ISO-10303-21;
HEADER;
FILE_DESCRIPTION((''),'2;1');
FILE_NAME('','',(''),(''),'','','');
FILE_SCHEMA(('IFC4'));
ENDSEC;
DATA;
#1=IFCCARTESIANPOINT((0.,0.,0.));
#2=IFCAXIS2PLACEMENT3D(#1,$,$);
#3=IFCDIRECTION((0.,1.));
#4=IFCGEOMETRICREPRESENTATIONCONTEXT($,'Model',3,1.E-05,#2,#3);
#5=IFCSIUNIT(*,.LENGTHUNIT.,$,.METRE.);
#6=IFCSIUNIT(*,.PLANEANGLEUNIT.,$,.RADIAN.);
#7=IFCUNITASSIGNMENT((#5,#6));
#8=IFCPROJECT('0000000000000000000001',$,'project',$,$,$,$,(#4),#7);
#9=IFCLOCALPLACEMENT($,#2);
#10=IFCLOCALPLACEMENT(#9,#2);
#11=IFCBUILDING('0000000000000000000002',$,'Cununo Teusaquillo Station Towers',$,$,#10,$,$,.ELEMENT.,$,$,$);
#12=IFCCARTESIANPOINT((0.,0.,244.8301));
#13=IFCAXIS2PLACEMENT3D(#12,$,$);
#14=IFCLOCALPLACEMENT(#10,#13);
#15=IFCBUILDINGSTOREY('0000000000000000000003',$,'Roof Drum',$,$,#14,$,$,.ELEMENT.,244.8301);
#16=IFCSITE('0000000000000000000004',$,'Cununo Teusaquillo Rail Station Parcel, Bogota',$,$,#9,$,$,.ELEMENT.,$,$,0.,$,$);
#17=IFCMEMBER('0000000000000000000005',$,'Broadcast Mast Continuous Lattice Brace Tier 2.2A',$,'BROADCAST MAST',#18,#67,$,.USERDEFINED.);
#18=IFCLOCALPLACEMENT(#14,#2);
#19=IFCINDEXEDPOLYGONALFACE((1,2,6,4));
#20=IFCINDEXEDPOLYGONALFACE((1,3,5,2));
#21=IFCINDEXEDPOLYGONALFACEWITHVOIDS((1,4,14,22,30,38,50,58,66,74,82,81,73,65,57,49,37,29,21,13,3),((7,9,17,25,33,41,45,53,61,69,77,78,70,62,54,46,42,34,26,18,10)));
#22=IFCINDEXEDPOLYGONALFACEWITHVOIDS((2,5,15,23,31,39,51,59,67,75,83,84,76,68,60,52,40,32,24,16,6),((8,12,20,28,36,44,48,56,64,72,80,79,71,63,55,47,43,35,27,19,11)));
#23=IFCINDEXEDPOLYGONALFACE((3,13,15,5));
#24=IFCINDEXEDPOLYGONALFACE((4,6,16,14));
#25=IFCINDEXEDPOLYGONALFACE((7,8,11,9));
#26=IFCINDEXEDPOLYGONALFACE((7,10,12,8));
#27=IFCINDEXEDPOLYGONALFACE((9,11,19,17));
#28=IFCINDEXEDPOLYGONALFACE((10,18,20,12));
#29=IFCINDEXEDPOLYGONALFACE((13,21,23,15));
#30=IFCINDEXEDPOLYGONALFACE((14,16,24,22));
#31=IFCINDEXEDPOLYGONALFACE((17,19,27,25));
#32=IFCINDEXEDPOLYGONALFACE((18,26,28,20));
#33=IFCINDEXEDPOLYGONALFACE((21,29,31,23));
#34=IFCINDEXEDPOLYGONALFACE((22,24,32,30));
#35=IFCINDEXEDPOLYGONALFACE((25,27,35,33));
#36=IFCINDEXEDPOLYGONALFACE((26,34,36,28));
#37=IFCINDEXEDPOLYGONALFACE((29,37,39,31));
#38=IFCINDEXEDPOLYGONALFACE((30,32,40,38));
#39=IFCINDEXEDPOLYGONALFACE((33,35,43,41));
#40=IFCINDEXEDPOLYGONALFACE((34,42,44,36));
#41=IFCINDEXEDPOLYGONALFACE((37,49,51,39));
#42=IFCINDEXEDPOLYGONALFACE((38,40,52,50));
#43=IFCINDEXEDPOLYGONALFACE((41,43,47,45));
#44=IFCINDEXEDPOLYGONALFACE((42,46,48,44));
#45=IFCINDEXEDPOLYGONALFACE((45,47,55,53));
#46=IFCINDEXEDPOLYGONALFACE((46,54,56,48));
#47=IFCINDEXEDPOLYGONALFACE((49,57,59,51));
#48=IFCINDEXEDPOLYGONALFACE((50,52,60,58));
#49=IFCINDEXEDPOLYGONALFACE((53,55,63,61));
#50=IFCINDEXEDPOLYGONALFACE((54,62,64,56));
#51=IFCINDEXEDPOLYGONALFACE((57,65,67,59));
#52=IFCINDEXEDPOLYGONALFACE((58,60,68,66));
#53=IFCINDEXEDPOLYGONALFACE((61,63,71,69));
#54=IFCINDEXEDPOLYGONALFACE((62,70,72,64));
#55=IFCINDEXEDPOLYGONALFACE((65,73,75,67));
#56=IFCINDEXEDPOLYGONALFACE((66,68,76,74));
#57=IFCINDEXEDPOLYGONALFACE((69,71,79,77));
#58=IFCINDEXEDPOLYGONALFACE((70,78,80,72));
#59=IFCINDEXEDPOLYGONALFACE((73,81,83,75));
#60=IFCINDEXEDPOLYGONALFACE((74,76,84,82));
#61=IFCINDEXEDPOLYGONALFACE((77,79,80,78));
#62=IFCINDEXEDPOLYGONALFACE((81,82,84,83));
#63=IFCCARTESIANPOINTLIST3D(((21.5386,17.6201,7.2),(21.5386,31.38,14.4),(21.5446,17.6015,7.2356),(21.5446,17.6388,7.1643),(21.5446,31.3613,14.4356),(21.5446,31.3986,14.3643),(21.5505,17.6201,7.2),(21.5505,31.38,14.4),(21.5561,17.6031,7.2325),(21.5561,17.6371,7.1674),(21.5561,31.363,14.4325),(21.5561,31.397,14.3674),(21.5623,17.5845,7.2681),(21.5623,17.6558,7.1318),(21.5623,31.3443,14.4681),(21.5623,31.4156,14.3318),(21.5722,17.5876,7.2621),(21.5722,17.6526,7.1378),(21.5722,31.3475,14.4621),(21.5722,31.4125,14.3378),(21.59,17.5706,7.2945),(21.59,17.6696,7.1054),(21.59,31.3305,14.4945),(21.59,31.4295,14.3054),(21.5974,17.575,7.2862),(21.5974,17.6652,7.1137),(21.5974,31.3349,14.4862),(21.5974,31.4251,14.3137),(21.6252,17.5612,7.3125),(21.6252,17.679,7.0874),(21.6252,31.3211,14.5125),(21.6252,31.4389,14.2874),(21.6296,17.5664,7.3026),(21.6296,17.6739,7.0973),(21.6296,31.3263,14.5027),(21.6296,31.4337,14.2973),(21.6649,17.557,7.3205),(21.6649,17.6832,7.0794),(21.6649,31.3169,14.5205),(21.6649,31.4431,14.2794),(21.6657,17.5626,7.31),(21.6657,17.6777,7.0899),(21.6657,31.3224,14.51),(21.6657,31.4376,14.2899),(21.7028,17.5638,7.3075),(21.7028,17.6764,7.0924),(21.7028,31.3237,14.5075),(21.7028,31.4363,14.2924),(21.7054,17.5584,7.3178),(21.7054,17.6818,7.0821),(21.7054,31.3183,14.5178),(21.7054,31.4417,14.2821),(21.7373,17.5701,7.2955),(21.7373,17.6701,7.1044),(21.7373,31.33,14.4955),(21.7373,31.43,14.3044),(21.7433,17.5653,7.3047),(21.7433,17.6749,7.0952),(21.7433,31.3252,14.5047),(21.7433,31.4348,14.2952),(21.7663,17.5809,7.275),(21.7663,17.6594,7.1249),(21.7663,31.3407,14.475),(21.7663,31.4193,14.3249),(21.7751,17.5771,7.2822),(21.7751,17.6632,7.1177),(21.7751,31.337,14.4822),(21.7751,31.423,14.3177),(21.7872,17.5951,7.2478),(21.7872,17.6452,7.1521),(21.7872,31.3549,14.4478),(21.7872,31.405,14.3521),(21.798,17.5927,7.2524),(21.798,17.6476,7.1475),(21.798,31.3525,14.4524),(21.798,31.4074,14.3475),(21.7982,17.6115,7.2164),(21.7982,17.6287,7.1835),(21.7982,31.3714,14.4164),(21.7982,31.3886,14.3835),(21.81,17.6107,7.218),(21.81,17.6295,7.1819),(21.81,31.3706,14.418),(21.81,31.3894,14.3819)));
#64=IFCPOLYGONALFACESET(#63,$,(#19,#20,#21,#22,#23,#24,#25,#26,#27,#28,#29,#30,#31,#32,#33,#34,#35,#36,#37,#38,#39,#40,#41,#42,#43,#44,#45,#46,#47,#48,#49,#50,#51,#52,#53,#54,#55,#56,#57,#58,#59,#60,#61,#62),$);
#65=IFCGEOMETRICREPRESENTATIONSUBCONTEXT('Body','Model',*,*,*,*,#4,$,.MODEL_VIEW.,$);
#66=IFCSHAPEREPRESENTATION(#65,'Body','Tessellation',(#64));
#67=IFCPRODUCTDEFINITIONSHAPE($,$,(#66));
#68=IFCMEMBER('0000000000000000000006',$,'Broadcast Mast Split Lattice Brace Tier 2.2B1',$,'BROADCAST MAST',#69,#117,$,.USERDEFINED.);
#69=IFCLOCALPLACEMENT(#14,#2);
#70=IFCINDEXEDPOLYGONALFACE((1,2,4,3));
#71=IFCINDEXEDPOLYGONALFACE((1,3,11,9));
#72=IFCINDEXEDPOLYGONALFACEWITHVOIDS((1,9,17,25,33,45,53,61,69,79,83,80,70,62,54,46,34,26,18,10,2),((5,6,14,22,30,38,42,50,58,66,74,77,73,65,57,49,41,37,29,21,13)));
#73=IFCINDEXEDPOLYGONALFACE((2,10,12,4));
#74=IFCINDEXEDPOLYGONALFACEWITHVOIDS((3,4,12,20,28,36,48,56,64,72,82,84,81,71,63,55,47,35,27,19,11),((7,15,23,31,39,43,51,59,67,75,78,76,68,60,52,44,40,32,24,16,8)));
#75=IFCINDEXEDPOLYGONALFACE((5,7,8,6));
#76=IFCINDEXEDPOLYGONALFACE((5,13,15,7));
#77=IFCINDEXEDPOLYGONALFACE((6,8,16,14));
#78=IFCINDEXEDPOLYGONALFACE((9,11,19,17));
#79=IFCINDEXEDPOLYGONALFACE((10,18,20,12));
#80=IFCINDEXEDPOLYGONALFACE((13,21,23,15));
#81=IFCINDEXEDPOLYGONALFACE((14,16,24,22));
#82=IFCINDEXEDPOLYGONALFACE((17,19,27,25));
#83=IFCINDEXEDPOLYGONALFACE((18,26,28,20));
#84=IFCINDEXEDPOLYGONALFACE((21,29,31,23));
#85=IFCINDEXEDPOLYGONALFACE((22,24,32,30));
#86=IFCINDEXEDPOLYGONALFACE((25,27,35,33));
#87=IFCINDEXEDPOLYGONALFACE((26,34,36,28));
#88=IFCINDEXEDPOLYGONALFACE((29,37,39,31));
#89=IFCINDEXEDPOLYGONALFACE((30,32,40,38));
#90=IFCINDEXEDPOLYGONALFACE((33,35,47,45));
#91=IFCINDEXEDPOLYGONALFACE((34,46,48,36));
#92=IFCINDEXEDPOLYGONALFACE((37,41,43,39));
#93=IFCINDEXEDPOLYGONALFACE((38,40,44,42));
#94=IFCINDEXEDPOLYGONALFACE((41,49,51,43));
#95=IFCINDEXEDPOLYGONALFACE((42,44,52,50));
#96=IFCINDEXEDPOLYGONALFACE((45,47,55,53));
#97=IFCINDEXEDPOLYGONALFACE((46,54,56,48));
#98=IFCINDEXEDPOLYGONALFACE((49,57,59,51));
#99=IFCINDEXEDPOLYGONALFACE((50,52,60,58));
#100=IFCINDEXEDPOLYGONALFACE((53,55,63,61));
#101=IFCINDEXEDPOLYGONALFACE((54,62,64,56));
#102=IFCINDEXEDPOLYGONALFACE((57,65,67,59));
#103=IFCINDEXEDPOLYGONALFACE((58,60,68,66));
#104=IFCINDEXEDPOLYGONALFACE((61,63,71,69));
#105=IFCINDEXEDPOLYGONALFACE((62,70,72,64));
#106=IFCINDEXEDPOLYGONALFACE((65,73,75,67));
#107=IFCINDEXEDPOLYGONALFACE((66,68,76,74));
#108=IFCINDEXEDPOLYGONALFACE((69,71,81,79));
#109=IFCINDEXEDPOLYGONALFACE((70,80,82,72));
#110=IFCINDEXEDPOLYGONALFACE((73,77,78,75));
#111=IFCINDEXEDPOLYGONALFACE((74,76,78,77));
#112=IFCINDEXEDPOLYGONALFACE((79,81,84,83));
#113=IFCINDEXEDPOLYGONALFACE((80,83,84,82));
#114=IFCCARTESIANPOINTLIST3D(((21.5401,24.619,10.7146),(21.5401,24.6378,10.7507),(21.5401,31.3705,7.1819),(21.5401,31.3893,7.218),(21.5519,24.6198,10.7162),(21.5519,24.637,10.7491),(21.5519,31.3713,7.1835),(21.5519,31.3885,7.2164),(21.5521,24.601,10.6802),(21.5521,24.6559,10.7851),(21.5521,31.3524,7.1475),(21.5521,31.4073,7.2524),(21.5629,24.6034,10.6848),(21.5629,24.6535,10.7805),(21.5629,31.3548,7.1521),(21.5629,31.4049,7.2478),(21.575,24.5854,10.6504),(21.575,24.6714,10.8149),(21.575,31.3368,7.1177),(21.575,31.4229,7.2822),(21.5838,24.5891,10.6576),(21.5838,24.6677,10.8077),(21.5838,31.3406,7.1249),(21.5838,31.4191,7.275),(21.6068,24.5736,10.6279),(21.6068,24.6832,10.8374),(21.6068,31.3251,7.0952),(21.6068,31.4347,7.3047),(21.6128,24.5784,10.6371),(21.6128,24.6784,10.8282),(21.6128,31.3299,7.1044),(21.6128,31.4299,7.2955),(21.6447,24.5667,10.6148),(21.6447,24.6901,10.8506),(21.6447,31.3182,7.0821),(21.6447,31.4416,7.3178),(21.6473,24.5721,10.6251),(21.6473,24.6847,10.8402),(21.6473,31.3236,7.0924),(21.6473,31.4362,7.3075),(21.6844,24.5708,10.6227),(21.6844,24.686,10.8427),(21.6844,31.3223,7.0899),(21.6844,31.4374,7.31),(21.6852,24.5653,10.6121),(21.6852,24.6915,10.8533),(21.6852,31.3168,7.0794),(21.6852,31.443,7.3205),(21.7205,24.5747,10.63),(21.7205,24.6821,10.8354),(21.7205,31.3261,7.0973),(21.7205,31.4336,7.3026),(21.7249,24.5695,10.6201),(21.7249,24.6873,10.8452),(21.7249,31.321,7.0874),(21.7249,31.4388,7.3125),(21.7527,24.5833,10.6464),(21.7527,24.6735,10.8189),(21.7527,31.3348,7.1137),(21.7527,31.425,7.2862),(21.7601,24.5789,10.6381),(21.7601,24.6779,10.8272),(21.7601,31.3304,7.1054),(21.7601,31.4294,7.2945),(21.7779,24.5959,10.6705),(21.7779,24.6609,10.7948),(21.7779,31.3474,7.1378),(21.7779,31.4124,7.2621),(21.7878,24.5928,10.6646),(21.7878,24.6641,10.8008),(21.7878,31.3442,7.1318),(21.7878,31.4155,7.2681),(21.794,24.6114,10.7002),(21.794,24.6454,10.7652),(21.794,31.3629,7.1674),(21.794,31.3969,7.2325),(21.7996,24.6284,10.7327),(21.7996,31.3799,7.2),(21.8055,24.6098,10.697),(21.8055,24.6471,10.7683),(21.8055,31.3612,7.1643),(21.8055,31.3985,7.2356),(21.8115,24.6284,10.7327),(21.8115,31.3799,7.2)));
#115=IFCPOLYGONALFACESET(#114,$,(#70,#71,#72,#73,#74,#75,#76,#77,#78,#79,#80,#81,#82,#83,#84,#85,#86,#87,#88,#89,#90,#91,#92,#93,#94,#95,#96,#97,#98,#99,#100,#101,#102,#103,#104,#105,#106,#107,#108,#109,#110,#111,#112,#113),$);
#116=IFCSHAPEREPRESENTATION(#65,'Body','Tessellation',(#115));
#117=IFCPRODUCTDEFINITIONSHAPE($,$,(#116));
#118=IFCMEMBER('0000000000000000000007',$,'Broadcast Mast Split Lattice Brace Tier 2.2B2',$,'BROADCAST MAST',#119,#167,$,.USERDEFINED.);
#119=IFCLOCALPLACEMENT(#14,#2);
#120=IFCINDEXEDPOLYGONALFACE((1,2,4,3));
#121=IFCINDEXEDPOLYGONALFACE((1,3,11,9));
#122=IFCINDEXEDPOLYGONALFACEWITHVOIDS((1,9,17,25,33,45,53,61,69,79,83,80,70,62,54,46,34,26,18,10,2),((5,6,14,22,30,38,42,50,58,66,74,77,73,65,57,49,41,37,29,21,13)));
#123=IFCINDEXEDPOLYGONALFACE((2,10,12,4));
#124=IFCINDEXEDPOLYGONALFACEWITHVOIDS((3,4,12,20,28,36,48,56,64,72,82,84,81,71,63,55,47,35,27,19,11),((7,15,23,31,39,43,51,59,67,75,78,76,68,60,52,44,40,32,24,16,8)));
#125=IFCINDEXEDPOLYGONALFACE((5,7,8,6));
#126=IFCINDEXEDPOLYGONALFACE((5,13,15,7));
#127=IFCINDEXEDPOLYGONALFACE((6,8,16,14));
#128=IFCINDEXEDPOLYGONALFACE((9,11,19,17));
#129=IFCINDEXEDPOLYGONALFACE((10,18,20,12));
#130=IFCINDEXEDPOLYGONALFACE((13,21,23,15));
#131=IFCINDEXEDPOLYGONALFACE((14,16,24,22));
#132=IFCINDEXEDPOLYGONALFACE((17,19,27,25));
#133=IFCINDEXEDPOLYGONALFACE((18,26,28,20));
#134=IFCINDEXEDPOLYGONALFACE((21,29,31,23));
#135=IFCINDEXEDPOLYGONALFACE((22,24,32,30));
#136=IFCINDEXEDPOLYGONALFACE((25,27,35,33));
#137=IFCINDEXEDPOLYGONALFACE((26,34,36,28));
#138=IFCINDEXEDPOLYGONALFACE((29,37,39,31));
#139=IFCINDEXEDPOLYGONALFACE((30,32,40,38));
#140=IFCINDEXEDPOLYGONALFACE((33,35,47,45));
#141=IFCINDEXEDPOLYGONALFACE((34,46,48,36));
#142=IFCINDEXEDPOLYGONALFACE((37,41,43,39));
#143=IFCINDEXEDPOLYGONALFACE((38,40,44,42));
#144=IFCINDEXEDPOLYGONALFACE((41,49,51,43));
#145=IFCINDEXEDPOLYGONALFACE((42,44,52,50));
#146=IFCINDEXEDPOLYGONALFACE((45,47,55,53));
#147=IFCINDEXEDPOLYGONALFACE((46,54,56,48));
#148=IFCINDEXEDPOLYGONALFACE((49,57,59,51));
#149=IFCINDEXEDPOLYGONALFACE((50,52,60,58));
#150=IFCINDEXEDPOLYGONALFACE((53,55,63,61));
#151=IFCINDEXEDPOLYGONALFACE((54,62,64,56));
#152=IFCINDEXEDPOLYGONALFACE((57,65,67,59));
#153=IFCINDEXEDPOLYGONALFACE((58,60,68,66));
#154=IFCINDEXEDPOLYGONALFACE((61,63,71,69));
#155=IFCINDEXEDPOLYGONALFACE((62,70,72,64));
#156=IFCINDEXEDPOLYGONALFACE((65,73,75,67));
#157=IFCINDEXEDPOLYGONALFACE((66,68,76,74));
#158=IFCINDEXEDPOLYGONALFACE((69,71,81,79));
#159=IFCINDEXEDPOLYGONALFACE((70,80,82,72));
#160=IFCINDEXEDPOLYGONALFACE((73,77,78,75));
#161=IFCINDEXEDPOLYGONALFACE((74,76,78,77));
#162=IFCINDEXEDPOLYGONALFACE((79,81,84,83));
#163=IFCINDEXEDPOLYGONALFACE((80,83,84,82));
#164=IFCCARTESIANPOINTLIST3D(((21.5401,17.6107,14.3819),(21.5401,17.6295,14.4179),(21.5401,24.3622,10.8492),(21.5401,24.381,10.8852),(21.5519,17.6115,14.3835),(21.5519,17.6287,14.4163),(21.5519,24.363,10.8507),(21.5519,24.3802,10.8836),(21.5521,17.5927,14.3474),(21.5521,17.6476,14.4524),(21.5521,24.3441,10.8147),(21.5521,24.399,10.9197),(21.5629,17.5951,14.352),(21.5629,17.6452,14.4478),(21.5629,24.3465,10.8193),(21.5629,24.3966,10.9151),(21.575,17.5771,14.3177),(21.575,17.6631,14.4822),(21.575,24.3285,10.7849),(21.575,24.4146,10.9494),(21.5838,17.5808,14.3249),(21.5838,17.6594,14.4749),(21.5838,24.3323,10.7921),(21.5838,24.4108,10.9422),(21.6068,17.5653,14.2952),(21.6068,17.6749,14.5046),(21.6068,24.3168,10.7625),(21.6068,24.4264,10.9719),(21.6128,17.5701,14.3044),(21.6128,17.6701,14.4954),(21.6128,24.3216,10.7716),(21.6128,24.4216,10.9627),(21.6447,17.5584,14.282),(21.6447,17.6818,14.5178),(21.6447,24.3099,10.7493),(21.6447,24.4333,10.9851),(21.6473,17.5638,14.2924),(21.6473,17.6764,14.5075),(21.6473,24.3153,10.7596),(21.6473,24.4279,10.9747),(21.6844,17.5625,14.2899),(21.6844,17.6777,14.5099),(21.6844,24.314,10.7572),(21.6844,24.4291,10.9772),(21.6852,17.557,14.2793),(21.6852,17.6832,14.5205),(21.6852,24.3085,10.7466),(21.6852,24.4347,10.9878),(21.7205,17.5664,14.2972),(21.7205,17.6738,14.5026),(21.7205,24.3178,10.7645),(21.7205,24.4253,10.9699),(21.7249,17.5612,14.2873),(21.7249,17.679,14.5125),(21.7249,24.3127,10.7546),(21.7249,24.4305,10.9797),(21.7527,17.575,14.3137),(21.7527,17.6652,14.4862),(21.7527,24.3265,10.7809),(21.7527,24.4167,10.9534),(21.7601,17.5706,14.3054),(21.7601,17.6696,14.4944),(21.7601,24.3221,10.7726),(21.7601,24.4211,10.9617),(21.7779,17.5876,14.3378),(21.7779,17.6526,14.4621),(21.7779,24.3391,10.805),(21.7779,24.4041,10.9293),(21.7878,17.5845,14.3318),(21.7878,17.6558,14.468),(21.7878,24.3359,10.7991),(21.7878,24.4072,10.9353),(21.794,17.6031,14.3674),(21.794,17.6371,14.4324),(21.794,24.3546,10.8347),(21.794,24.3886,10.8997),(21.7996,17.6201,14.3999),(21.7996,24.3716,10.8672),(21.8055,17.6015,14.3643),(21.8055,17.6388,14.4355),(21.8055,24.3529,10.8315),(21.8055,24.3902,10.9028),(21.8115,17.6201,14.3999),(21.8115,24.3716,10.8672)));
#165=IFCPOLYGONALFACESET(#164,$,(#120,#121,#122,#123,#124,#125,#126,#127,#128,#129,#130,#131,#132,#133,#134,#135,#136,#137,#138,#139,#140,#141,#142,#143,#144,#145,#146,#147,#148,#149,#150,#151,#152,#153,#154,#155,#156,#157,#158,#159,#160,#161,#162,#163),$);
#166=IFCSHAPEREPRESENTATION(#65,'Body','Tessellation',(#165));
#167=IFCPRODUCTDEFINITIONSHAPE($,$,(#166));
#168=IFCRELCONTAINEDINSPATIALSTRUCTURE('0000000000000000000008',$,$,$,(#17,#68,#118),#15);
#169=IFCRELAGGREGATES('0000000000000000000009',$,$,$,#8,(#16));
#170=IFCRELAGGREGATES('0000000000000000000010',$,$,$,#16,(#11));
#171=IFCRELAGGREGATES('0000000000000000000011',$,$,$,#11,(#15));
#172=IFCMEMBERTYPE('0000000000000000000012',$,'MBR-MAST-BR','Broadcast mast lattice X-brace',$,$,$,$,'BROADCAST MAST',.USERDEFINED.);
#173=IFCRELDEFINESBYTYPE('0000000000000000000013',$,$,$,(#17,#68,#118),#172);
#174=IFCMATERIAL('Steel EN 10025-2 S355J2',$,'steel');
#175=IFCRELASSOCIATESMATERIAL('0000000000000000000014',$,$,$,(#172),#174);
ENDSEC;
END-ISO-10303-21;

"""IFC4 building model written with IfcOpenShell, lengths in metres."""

from ifc_helpers import new_model, si_unit, direction, frame, origin, origin_2d, place, context, subcontext, project, spatial, hollow_circle, extrude, material, material_profile, profile_set, type_object, element, save


model = new_model("IFC4")

# Units and contexts
model_context = context("Model", 3, precision=1e-05, world=origin(), true_north=direction((0.0, 1.0)))
body_context = subcontext(model_context, "Body", "Model", "MODEL_VIEW")
ifc_project = project(units=[si_unit("LENGTHUNIT", "METRE"), si_unit("PLANEANGLEUNIT", "RADIAN")], contexts=[model_context])

# Site, building, storey
site_placement = place(None, origin())
site = spatial("IfcSite", under=ifc_project, at=site_placement, Name="Cununo Teusaquillo Rail Station Parcel, Bogota", CompositionType="ELEMENT", RefElevation=0.0)
building_placement = place(site_placement, origin())
building = spatial("IfcBuilding", under=site, at=building_placement, Name="Cununo Teusaquillo Station Towers", CompositionType="ELEMENT")
storey_placement = place(building_placement, frame((0.0, 0.0, 244.8301)))
storey = spatial("IfcBuildingStorey", under=building, at=storey_placement, Name="Roof Drum", CompositionType="ELEMENT", Elevation=244.8301)

# Members
ifc_material_1 = material(Name="Steel EN 10025-2 S355J2", Category="steel")
ifc_material_profile_1 = material_profile(ifc_material_1, hollow_circle(Radius=0.1365, WallThickness=0.012, at=origin_2d()), Name="CHS 273x12")
ifc_profile_set_1 = profile_set([ifc_material_profile_1], Name="Steel EN 10025-2 S355J2")
member_type = type_object("IfcMemberType", Name="MBR-MAST-BR", Description="Broadcast mast lattice X-brace", ElementType="BROADCAST MAST", PredefinedType="USERDEFINED", material=ifc_profile_set_1)
member_1_placement = place(storey_placement, frame((21.675, 17.6201, 7.2), z_axis=(0.0, 0.886031, 0.463626), x_axis=(-1.0, 0.0, 0.0)))
element("IfcMember", 1, at=member_1_placement, inside=storey, type_object=member_type, Name="Broadcast Mast Continuous Lattice Brace Tier 2.2A", ObjectType="BROADCAST MAST", PredefinedType="USERDEFINED", context=body_context, shape_type="SweptSolid", body=[
    extrude(hollow_circle(Radius=0.1365, WallThickness=0.012, at=origin_2d()), origin(), (0.0, 0.0, 1.0), 15.5298),
])
for number, where, z_axis, x_axis, name in (
    (2, (21.675, 31.3799, 7.2), (0.0, -0.886035, 0.463619), (1.0, 0.0, 0.0), "Broadcast Mast Split Lattice Brace Tier 2.2B1"),
    (3, (21.675, 24.3716, 10.8672), (0.0, -0.886035, 0.463619), (1.0, 0.0, 0.0), "Broadcast Mast Split Lattice Brace Tier 2.2B2"),
):
    element("IfcMember", number, at=place(storey_placement, frame(where, z_axis=z_axis, x_axis=x_axis)), inside=storey, type_object=member_type, Name=name, ObjectType="BROADCAST MAST", PredefinedType="USERDEFINED", context=body_context, shape_type="SweptSolid", body=[
        extrude(hollow_circle(Radius=0.1365, WallThickness=0.012, at=origin_2d()), origin(), (0.0, 0.0, 1.0), 7.6199),
    ])

save(model, "model.ifc")
